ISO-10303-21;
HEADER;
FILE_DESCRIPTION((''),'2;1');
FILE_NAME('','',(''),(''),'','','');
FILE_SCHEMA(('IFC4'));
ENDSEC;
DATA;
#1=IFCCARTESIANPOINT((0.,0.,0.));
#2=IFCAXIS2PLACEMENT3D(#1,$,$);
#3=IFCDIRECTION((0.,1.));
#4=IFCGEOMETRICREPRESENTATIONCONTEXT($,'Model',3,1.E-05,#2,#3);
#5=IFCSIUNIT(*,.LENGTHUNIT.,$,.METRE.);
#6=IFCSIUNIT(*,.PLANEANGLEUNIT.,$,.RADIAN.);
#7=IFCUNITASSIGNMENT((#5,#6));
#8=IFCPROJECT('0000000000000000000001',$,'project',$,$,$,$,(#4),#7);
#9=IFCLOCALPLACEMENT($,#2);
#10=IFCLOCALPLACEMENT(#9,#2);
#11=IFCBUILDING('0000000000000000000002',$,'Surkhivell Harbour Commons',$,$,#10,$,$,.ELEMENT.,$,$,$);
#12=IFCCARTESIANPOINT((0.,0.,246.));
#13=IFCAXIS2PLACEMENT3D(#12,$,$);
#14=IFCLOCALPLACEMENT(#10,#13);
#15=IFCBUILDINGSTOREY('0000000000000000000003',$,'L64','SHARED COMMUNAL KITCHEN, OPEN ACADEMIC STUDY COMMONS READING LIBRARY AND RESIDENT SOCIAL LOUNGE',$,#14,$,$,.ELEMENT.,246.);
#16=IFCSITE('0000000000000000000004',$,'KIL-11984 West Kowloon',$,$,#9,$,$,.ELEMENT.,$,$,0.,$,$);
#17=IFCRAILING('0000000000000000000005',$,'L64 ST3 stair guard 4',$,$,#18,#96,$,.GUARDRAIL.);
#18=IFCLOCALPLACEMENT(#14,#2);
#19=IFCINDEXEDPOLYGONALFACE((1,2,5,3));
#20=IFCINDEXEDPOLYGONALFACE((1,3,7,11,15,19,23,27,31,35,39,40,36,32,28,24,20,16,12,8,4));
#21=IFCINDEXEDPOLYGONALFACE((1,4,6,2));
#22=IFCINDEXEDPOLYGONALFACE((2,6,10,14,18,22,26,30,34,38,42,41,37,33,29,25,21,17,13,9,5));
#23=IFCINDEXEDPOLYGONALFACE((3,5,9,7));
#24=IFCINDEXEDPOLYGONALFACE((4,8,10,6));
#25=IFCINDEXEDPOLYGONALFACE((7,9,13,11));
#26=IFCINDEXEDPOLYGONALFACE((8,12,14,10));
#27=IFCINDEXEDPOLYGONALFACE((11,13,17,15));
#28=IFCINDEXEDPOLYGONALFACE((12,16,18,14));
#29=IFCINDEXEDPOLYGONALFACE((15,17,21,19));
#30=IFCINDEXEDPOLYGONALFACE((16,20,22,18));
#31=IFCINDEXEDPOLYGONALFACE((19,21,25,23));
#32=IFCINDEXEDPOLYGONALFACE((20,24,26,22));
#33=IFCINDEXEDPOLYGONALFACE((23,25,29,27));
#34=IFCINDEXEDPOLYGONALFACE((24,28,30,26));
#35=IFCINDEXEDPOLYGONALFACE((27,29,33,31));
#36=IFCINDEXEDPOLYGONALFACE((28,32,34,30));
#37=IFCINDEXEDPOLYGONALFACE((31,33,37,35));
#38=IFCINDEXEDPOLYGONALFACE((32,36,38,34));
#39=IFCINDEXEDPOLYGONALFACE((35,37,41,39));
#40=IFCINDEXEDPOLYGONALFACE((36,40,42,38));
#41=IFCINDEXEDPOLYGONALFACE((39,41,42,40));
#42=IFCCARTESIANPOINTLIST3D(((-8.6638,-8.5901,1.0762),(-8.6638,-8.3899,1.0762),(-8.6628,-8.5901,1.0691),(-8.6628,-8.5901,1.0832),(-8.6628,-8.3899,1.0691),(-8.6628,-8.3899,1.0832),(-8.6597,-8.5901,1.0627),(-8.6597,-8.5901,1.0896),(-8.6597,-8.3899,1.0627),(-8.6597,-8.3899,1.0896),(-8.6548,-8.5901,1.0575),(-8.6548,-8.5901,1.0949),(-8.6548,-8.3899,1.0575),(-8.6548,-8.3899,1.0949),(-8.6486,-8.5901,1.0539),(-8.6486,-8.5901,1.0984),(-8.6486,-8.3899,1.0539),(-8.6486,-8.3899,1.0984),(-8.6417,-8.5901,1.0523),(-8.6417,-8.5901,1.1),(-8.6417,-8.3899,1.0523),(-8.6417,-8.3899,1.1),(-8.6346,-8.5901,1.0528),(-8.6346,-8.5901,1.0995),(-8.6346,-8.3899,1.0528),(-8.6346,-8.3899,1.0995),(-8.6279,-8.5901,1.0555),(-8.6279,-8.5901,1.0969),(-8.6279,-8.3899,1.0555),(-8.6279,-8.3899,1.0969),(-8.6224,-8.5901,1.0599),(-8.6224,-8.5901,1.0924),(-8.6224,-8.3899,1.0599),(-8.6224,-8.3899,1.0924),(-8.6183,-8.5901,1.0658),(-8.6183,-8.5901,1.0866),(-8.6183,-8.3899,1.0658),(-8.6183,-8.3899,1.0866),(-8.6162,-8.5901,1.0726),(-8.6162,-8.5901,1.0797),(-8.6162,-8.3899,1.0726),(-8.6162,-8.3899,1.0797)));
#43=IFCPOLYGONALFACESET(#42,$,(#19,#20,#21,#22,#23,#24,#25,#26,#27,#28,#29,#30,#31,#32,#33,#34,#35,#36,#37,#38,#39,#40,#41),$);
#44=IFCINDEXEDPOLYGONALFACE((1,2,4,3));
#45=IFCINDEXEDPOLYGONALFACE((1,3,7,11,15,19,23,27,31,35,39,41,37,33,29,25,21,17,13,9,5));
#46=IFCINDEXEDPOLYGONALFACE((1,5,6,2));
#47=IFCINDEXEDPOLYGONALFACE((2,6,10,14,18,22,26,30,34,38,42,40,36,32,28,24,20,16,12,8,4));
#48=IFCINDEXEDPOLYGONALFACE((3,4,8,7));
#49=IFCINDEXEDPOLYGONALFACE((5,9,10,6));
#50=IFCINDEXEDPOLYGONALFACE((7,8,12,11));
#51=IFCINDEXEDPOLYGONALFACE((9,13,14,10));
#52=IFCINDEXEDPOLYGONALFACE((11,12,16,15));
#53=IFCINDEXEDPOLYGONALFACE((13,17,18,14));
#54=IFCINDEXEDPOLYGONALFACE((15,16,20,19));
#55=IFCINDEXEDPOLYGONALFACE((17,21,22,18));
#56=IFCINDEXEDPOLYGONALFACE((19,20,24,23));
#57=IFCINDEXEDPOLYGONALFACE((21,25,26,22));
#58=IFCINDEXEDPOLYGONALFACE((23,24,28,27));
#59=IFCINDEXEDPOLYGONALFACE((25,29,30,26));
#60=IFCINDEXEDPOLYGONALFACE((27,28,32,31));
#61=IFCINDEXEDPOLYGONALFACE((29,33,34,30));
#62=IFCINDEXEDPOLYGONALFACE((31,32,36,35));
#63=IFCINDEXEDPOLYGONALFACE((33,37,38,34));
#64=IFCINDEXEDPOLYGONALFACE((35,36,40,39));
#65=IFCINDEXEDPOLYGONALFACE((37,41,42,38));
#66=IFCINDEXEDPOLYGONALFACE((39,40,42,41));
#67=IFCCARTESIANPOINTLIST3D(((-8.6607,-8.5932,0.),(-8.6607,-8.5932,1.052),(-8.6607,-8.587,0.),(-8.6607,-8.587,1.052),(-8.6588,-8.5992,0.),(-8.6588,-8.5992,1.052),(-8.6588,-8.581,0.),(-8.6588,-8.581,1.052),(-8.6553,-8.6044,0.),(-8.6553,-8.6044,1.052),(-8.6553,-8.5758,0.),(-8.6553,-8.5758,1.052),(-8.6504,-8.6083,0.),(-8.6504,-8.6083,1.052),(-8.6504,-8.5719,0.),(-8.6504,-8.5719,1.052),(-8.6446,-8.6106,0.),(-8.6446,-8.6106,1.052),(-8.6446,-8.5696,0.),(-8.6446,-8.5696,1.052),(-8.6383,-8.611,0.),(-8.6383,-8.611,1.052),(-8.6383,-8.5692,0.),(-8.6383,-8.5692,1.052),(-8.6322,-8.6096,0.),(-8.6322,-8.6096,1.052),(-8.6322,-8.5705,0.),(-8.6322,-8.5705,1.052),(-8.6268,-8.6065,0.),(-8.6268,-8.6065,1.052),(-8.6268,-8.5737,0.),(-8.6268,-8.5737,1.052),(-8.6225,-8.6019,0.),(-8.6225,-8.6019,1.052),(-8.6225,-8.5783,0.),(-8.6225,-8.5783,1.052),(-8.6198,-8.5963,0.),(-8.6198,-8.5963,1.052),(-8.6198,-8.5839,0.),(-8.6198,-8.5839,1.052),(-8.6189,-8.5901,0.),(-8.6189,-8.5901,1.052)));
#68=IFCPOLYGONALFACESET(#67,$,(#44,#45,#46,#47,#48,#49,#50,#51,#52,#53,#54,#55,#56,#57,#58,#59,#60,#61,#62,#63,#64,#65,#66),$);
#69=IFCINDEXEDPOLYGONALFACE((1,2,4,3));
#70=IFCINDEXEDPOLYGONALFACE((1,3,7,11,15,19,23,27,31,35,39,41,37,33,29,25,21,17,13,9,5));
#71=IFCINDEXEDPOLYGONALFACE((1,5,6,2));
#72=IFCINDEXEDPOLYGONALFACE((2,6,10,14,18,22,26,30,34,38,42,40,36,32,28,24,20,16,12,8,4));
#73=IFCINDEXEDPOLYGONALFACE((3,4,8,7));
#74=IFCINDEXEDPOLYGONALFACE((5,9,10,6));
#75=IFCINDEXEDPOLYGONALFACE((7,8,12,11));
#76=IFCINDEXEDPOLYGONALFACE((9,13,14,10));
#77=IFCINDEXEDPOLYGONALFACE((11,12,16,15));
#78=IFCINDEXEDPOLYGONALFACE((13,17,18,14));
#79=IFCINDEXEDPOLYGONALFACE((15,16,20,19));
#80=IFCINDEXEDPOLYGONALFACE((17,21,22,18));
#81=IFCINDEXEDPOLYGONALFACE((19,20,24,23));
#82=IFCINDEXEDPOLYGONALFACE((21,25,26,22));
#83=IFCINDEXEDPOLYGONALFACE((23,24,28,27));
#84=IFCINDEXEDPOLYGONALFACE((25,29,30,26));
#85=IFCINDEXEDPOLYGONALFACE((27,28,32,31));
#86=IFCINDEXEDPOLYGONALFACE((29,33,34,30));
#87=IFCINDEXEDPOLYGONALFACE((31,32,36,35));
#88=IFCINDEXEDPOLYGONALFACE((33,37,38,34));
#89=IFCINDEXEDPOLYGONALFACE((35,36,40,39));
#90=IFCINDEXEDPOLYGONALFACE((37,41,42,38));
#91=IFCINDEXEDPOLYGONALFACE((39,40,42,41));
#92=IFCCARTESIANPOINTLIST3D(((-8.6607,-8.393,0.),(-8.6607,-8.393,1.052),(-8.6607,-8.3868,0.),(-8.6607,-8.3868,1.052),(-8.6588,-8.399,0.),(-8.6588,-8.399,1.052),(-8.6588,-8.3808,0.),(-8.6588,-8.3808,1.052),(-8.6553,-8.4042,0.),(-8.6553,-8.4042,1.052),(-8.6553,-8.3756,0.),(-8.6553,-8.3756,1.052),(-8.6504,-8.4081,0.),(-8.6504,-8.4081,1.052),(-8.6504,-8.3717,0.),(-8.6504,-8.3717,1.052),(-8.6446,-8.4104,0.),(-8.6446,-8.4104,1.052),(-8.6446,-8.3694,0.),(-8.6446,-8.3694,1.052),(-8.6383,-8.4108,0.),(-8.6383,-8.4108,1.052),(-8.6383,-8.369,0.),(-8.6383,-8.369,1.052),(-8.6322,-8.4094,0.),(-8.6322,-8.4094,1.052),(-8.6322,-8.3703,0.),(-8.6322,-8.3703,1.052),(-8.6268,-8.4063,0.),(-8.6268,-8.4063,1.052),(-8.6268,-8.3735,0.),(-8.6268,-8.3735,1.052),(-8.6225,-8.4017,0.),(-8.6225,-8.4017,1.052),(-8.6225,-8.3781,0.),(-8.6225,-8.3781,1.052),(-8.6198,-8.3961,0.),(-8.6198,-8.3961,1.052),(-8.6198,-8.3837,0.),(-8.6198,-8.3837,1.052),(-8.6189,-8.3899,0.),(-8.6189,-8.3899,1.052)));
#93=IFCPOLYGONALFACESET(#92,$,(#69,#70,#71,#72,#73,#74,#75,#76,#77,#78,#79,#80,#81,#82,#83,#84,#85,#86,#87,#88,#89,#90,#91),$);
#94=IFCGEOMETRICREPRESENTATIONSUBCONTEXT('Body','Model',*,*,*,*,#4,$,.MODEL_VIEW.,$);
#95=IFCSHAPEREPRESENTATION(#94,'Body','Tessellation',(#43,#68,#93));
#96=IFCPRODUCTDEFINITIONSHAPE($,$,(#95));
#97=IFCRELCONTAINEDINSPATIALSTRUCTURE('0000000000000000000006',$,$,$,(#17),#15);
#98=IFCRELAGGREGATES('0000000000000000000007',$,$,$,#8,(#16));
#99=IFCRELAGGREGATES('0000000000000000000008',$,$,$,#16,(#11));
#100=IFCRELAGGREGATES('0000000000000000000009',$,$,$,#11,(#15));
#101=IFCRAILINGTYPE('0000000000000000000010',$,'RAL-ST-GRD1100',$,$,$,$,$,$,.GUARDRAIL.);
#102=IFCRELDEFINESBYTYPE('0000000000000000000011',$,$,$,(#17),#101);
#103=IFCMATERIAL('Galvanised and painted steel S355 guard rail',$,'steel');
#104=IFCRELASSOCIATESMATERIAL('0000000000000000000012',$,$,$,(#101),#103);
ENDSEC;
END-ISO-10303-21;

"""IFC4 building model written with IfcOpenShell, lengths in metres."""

from ifc_helpers import new_model, si_unit, direction, frame, origin, origin_2d, place, context, subcontext, project, spatial, circle, extrude, material, type_object, element, save


model = new_model("IFC4")

# Units and contexts
model_context = context("Model", 3, precision=1e-05, world=origin(), true_north=direction((0.0, 1.0)))
body_context = subcontext(model_context, "Body", "Model", "MODEL_VIEW")
ifc_project = project(units=[si_unit("LENGTHUNIT", "METRE"), si_unit("PLANEANGLEUNIT", "RADIAN")], contexts=[model_context])

# Site, building, storey
site_placement = place(None, origin())
site = spatial("IfcSite", under=ifc_project, at=site_placement, Name="KIL-11984 West Kowloon", CompositionType="ELEMENT", RefElevation=0.0)
building_placement = place(site_placement, origin())
building = spatial("IfcBuilding", under=site, at=building_placement, Name="Surkhivell Harbour Commons", CompositionType="ELEMENT")
storey_placement = place(building_placement, frame((0.0, 0.0, 246.0)))
storey = spatial("IfcBuildingStorey", under=building, at=storey_placement, Name="L64", Description="SHARED COMMUNAL KITCHEN, OPEN ACADEMIC STUDY COMMONS READING LIBRARY AND RESIDENT SOCIAL LOUNGE", CompositionType="ELEMENT", Elevation=246.0)

# Railing
ifc_material_1 = material(Name="Galvanised and painted steel S355 guard rail", Category="steel")
railing_type_1 = type_object("IfcRailingType", Name="RAL-ST-GRD1100", PredefinedType="GUARDRAIL", material=ifc_material_1)
railing_1_placement = place(storey_placement, frame((-8.6399, -8.5901, 0.0)))
element("IfcRailing", 1, at=railing_1_placement, inside=storey, type_object=railing_type_1, Name="L64 ST3 stair guard 4", PredefinedType="GUARDRAIL", context=body_context, shape_type="SweptSolid", body=[
    extrude(circle(Radius=0.0239, at=origin_2d()), frame((0.0, 0.0, 1.0762), z_axis=(0.0, 1.0, 0.0), x_axis=(-1.0, 0.0, 0.0)), (0.0, 0.0, 1.0), 0.2002),
    extrude(circle(Radius=0.021, at=origin_2d()), origin(), (0.0, 0.0, 1.0), 1.052),
    extrude(circle(Radius=0.021, at=origin_2d()), frame((0.0, 0.2002, 0.0)), (0.0, 0.0, 1.0), 1.052),
])

save(model, "model.ifc")
